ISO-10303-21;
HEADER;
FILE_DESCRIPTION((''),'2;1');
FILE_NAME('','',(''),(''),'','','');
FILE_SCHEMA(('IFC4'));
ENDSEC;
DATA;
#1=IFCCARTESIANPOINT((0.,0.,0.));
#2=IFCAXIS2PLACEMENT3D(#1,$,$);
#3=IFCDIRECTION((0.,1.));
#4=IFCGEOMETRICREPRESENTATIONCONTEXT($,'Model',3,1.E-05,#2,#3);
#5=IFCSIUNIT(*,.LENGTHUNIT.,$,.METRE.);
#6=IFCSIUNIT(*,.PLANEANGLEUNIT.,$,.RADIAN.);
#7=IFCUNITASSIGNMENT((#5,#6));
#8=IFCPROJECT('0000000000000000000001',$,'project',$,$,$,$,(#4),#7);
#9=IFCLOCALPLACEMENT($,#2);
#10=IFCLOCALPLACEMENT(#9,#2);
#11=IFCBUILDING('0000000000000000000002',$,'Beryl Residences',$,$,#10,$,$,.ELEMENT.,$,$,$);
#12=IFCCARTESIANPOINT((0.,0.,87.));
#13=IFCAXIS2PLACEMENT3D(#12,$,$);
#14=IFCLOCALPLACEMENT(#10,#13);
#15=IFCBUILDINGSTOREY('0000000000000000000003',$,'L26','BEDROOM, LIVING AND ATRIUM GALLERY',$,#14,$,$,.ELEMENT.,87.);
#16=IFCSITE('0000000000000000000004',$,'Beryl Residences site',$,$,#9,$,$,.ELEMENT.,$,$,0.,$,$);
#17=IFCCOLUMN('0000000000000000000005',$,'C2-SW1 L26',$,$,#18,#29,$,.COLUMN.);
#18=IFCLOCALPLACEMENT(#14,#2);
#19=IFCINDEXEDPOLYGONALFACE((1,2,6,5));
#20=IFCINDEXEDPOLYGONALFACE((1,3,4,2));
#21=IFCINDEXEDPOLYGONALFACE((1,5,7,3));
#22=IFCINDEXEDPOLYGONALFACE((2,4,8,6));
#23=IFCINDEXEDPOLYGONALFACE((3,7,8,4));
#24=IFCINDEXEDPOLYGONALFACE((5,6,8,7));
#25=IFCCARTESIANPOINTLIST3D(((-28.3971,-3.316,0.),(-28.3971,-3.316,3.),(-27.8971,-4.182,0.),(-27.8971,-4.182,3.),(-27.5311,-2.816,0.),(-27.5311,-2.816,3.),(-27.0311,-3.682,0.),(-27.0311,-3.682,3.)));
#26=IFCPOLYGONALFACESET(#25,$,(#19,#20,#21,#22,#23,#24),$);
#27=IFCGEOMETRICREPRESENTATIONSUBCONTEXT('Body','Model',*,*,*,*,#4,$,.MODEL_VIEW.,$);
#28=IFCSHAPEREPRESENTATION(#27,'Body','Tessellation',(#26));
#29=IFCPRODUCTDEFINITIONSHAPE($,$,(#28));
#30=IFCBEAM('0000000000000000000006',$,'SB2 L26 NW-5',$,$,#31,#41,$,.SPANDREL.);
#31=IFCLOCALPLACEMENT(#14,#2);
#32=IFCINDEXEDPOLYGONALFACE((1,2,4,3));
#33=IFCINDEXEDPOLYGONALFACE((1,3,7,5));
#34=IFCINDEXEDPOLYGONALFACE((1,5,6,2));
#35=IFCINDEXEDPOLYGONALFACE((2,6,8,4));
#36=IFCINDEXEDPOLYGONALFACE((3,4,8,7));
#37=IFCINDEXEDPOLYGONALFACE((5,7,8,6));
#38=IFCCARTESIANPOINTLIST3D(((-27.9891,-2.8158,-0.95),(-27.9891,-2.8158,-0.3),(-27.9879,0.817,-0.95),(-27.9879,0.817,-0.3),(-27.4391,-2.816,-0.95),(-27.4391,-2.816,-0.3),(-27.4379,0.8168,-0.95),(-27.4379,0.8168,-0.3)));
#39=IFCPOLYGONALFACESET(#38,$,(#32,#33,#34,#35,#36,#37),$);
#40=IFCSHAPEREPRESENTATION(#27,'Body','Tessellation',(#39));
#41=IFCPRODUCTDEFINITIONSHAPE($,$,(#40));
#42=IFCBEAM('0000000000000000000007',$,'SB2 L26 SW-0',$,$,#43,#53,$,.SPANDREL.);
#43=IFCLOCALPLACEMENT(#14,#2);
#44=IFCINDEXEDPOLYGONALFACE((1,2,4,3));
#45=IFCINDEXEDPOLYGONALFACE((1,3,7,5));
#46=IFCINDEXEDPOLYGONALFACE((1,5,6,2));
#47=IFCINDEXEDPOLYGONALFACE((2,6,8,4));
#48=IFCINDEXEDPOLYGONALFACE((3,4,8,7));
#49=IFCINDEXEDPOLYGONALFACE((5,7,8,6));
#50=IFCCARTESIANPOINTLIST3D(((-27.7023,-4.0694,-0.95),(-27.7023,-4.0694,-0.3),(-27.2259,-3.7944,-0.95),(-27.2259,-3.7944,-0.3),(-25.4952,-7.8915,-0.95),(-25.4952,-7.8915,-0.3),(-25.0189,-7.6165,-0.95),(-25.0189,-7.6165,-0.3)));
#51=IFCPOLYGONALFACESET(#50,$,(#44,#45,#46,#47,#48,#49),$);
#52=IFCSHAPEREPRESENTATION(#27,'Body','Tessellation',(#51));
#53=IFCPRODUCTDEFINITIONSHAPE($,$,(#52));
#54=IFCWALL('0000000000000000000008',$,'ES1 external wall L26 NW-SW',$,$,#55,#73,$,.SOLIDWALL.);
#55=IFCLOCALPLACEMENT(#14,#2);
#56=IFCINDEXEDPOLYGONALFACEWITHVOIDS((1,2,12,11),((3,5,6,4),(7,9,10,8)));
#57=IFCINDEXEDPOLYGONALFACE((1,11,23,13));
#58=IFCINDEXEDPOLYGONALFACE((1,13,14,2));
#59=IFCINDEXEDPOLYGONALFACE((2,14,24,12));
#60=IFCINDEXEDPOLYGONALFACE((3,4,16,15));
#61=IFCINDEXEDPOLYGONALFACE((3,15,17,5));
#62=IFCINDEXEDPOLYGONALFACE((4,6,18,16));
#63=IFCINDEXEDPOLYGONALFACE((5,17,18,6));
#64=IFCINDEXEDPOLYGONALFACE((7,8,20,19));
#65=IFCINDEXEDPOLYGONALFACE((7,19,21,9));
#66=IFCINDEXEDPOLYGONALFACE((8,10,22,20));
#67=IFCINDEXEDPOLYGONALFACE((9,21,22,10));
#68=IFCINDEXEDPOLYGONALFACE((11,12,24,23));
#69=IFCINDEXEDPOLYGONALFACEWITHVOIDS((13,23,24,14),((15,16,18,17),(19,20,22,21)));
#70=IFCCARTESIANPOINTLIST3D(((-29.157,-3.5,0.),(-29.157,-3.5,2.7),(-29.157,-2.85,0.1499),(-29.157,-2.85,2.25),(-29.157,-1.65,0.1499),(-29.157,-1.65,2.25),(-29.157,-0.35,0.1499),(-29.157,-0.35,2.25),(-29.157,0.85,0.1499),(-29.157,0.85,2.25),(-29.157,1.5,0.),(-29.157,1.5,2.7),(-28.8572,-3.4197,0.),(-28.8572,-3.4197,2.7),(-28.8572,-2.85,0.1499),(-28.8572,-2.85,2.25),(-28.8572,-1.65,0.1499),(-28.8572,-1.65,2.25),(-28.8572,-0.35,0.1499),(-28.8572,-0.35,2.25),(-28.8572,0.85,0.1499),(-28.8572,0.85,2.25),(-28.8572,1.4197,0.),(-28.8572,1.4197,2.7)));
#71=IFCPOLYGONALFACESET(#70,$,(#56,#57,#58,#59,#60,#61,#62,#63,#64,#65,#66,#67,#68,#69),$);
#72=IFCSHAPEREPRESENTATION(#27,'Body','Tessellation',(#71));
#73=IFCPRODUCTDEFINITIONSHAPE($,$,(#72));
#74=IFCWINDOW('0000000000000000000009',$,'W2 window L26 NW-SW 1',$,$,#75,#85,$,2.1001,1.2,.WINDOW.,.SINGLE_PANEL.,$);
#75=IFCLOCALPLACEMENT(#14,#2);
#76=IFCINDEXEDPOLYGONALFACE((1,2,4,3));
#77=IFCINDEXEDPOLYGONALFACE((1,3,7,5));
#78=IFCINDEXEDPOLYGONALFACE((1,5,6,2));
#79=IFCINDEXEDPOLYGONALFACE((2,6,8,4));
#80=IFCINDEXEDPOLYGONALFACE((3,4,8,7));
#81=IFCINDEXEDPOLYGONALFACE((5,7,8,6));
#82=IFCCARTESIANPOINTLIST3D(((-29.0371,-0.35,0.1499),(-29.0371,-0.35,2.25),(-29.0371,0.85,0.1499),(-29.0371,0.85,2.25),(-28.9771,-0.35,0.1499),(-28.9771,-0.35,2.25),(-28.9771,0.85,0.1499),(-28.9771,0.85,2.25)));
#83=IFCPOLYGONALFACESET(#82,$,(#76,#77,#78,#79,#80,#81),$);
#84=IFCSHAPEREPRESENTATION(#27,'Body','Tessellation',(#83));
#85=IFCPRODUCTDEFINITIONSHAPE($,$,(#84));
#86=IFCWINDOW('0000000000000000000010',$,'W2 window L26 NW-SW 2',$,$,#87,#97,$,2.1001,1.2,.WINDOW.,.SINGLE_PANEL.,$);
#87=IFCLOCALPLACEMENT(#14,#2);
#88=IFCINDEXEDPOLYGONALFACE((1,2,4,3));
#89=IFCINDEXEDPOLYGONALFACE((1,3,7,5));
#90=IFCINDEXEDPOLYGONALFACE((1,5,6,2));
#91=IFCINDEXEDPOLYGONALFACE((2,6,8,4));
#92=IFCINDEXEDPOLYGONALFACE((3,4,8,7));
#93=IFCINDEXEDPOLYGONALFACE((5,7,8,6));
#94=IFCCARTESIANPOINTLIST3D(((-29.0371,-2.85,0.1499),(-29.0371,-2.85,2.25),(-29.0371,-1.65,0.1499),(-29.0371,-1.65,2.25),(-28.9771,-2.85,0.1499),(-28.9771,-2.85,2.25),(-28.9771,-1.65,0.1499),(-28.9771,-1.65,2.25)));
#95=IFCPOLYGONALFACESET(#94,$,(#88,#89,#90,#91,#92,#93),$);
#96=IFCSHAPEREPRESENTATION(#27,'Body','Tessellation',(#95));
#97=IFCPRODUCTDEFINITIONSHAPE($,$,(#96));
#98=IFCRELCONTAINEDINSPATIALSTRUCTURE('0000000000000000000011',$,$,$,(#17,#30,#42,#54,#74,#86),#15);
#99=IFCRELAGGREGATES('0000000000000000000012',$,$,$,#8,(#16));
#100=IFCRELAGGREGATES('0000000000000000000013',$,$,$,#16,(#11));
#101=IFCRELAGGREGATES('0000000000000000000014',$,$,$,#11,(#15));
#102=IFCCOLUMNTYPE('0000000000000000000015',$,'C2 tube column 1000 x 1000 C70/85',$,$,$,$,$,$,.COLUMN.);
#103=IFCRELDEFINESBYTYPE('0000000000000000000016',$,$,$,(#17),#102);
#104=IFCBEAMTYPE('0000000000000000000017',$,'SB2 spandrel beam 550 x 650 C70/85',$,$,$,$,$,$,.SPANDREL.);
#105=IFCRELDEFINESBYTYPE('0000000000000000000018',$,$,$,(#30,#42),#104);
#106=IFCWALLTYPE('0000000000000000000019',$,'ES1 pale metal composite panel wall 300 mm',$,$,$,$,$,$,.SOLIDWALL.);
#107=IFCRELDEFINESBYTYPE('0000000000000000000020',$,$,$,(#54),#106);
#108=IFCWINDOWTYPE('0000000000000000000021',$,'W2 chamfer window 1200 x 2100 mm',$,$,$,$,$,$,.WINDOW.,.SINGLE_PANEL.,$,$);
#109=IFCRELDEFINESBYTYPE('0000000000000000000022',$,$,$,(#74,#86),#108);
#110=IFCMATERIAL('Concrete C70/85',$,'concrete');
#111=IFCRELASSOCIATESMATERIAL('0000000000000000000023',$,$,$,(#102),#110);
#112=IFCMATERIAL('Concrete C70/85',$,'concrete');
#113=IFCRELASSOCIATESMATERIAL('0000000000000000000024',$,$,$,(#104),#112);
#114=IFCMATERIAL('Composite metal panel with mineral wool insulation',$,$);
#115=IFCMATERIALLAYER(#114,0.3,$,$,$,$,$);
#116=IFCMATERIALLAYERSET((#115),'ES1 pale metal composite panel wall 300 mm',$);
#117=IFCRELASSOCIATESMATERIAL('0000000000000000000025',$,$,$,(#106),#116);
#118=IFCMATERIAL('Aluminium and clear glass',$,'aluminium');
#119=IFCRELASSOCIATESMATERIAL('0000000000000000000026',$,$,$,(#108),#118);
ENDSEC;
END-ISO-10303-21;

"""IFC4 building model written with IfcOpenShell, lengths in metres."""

from ifc_helpers import new_model, si_unit, direction, frame, frame_2d, origin, origin_2d, place, context, subcontext, project, spatial, polyline, rectangle, outline, extrude, material, layer, layer_set, material_profile, profile_set, type_object, element, fill, save


model = new_model("IFC4")

# Units and contexts
model_context = context("Model", 3, precision=1e-05, world=origin(), true_north=direction((0.0, 1.0)))
body_context = subcontext(model_context, "Body", "Model", "MODEL_VIEW")
ifc_project = project(units=[si_unit("LENGTHUNIT", "METRE"), si_unit("PLANEANGLEUNIT", "RADIAN")], contexts=[model_context])

# Site, building, storey
site_placement = place(None, origin())
site = spatial("IfcSite", under=ifc_project, at=site_placement, Name="Beryl Residences site", CompositionType="ELEMENT", RefElevation=0.0)
building_placement = place(site_placement, origin())
building = spatial("IfcBuilding", under=site, at=building_placement, Name="Beryl Residences", CompositionType="ELEMENT")
storey_placement = place(building_placement, frame((0.0, 0.0, 87.0)))
storey = spatial("IfcBuildingStorey", under=building, at=storey_placement, Name="L26", Description="BEDROOM, LIVING AND ATRIUM GALLERY", CompositionType="ELEMENT", Elevation=87.0)

# Column
ifc_material_1 = material(Name="Concrete C70/85", Category="concrete")
ifc_material_profile_1 = material_profile(ifc_material_1, rectangle(XDim=1.0, YDim=1.0, at=origin_2d()))
ifc_profile_set_1 = profile_set([ifc_material_profile_1], Name="Concrete C70/85")
column_type = type_object("IfcColumnType", Name="C2 tube column 1000 x 1000 C70/85", PredefinedType="COLUMN", material=ifc_profile_set_1)
column_placement = place(storey_placement, frame((-27.7141, -3.499, 0.0), z_axis=(0.0, 0.0, 1.0), x_axis=(0.5, -0.866025, 0.0)))
element("IfcColumn", 1, at=column_placement, inside=storey, type_object=column_type, Name="C2-SW1 L26", PredefinedType="COLUMN", context=body_context, shape_type="SweptSolid", body=[
    extrude(rectangle(XDim=1.0, YDim=1.0, at=origin_2d()), origin(), (0.0, 0.0, 1.0), 3.0),
])

# Beams
ifc_material_2 = material(Name="Concrete C70/85", Category="concrete")
ifc_material_profile_2 = material_profile(ifc_material_2, rectangle(XDim=0.55, YDim=0.6499, at=origin_2d()))
ifc_profile_set_2 = profile_set([ifc_material_profile_2], Name="Concrete C70/85")
beam_type = type_object("IfcBeamType", Name="SB2 spandrel beam 550 x 650 C70/85", PredefinedType="SPANDREL", material=ifc_profile_set_2)
beam_1_placement = place(storey_placement, frame((-27.7129, 0.8169, -0.625), z_axis=(-0.000336, -1.0, 0.0), x_axis=(1.0, -0.000336, 0.0)))
element("IfcBeam", 2, at=beam_1_placement, inside=storey, type_object=beam_type, Name="SB2 L26 NW-5", PredefinedType="SPANDREL", context=body_context, shape_type="SweptSolid", body=[
    extrude(rectangle(XDim=0.55, YDim=0.6499, at=origin_2d()), origin(), (0.0, 0.0, 1.0), 3.6328),
])
beam_2_placement = place(storey_placement, frame((-27.4641, -3.9319, -0.625), z_axis=(0.500066, -0.865988, 0.0), x_axis=(0.865988, 0.500066, 0.0)))
element("IfcBeam", 3, at=beam_2_placement, inside=storey, type_object=beam_type, Name="SB2 L26 SW-0", PredefinedType="SPANDREL", context=body_context, shape_type="SweptSolid", body=[
    extrude(rectangle(XDim=0.55, YDim=0.6499, at=origin_2d()), origin(), (0.0, 0.0, 1.0), 4.4136),
])

# Wall, openings, windows
ifc_material_3 = material(Name="Composite metal panel with mineral wool insulation")
ifc_layer_1 = layer(ifc_material_3, 0.3)
ifc_layer_set_1 = layer_set([ifc_layer_1], Name="ES1 pale metal composite panel wall 300 mm")
wall_type_1 = type_object("IfcWallType", Name="ES1 pale metal composite panel wall 300 mm", PredefinedType="SOLIDWALL", material=ifc_layer_set_1)
wall_1_placement = place(storey_placement, frame((-29.0071, 1.5, 0.0), z_axis=(0.0, 0.0, 1.0), x_axis=(0.0, -1.0, 0.0)))
wall_1 = element("IfcWall", 4, at=wall_1_placement, inside=storey, type_object=wall_type_1, Name="ES1 external wall L26 NW-SW", PredefinedType="SOLIDWALL", context=body_context, shape_type="SweptSolid", body=[
    extrude(outline(polyline([(0.0, -0.1499), (5.0, -0.1499), (4.9197, 0.1499), (0.0803, 0.1499), (0.0, -0.1499)])), origin(), (0.0, 0.0, 1.0), 2.7),
])
opening_1_placement = place(wall_1_placement, frame((0.6499, 0.0, 0.1499)))
opening_1 = element("IfcOpeningElement", 5, at=opening_1_placement, cuts=wall_1, PredefinedType="OPENING", context=body_context, shape_type="SweptSolid", body=[
    extrude(rectangle(XDim=1.2, YDim=2.1001, at=frame_2d((0.6001, 1.05))), frame((0.0, 0.1599, 0.0), z_axis=(0.0, -1.0, 0.0), x_axis=(1.0, 0.0, 0.0)), (0.0, 0.0, 1.0), 0.3201),
])
opening_2_placement = place(wall_1_placement, frame((3.1499, 0.0, 0.1499)))
opening_2 = element("IfcOpeningElement", 6, at=opening_2_placement, cuts=wall_1, PredefinedType="OPENING", context=body_context, shape_type="SweptSolid", body=[
    extrude(rectangle(XDim=1.2, YDim=2.1001, at=frame_2d((0.6001, 1.05))), frame((0.0, 0.1599, 0.0), z_axis=(0.0, -1.0, 0.0), x_axis=(1.0, 0.0, 0.0)), (0.0, 0.0, 1.0), 0.3201),
])
ifc_material_4 = material(Name="Aluminium and clear glass", Category="aluminium")
window_type_1 = type_object("IfcWindowType", Name="W2 chamfer window 1200 x 2100 mm", PartitioningType="SINGLE_PANEL", PredefinedType="WINDOW", material=ifc_material_4)
window_1_placement = place(opening_1_placement, origin())
window_1 = element("IfcWindow", 7, at=window_1_placement, inside=storey, type_object=window_type_1, Name="W2 window L26 NW-SW 1", OverallHeight=2.1001, OverallWidth=1.2, PartitioningType="SINGLE_PANEL", PredefinedType="WINDOW", context=body_context, shape_type="SweptSolid", body=[
    extrude(rectangle(XDim=1.2, YDim=2.1001, at=frame_2d((0.6001, 1.05))), frame((0.0, 0.03, 0.0), z_axis=(0.0, -1.0, 0.0), x_axis=(1.0, 0.0, 0.0)), (0.0, 0.0, 1.0), 0.0601),
])
fill(opening_1, window_1)
window_2_placement = place(opening_2_placement, origin())
window_2 = element("IfcWindow", 8, at=window_2_placement, inside=storey, type_object=window_type_1, Name="W2 window L26 NW-SW 2", OverallHeight=2.1001, OverallWidth=1.2, PartitioningType="SINGLE_PANEL", PredefinedType="WINDOW", context=body_context, shape_type="SweptSolid", body=[
    extrude(rectangle(XDim=1.2, YDim=2.1001, at=frame_2d((0.6001, 1.05))), frame((0.0, 0.03, 0.0), z_axis=(0.0, -1.0, 0.0), x_axis=(1.0, 0.0, 0.0)), (0.0, 0.0, 1.0), 0.0601),
])
fill(opening_2, window_2)

save(model, "model.ifc")
